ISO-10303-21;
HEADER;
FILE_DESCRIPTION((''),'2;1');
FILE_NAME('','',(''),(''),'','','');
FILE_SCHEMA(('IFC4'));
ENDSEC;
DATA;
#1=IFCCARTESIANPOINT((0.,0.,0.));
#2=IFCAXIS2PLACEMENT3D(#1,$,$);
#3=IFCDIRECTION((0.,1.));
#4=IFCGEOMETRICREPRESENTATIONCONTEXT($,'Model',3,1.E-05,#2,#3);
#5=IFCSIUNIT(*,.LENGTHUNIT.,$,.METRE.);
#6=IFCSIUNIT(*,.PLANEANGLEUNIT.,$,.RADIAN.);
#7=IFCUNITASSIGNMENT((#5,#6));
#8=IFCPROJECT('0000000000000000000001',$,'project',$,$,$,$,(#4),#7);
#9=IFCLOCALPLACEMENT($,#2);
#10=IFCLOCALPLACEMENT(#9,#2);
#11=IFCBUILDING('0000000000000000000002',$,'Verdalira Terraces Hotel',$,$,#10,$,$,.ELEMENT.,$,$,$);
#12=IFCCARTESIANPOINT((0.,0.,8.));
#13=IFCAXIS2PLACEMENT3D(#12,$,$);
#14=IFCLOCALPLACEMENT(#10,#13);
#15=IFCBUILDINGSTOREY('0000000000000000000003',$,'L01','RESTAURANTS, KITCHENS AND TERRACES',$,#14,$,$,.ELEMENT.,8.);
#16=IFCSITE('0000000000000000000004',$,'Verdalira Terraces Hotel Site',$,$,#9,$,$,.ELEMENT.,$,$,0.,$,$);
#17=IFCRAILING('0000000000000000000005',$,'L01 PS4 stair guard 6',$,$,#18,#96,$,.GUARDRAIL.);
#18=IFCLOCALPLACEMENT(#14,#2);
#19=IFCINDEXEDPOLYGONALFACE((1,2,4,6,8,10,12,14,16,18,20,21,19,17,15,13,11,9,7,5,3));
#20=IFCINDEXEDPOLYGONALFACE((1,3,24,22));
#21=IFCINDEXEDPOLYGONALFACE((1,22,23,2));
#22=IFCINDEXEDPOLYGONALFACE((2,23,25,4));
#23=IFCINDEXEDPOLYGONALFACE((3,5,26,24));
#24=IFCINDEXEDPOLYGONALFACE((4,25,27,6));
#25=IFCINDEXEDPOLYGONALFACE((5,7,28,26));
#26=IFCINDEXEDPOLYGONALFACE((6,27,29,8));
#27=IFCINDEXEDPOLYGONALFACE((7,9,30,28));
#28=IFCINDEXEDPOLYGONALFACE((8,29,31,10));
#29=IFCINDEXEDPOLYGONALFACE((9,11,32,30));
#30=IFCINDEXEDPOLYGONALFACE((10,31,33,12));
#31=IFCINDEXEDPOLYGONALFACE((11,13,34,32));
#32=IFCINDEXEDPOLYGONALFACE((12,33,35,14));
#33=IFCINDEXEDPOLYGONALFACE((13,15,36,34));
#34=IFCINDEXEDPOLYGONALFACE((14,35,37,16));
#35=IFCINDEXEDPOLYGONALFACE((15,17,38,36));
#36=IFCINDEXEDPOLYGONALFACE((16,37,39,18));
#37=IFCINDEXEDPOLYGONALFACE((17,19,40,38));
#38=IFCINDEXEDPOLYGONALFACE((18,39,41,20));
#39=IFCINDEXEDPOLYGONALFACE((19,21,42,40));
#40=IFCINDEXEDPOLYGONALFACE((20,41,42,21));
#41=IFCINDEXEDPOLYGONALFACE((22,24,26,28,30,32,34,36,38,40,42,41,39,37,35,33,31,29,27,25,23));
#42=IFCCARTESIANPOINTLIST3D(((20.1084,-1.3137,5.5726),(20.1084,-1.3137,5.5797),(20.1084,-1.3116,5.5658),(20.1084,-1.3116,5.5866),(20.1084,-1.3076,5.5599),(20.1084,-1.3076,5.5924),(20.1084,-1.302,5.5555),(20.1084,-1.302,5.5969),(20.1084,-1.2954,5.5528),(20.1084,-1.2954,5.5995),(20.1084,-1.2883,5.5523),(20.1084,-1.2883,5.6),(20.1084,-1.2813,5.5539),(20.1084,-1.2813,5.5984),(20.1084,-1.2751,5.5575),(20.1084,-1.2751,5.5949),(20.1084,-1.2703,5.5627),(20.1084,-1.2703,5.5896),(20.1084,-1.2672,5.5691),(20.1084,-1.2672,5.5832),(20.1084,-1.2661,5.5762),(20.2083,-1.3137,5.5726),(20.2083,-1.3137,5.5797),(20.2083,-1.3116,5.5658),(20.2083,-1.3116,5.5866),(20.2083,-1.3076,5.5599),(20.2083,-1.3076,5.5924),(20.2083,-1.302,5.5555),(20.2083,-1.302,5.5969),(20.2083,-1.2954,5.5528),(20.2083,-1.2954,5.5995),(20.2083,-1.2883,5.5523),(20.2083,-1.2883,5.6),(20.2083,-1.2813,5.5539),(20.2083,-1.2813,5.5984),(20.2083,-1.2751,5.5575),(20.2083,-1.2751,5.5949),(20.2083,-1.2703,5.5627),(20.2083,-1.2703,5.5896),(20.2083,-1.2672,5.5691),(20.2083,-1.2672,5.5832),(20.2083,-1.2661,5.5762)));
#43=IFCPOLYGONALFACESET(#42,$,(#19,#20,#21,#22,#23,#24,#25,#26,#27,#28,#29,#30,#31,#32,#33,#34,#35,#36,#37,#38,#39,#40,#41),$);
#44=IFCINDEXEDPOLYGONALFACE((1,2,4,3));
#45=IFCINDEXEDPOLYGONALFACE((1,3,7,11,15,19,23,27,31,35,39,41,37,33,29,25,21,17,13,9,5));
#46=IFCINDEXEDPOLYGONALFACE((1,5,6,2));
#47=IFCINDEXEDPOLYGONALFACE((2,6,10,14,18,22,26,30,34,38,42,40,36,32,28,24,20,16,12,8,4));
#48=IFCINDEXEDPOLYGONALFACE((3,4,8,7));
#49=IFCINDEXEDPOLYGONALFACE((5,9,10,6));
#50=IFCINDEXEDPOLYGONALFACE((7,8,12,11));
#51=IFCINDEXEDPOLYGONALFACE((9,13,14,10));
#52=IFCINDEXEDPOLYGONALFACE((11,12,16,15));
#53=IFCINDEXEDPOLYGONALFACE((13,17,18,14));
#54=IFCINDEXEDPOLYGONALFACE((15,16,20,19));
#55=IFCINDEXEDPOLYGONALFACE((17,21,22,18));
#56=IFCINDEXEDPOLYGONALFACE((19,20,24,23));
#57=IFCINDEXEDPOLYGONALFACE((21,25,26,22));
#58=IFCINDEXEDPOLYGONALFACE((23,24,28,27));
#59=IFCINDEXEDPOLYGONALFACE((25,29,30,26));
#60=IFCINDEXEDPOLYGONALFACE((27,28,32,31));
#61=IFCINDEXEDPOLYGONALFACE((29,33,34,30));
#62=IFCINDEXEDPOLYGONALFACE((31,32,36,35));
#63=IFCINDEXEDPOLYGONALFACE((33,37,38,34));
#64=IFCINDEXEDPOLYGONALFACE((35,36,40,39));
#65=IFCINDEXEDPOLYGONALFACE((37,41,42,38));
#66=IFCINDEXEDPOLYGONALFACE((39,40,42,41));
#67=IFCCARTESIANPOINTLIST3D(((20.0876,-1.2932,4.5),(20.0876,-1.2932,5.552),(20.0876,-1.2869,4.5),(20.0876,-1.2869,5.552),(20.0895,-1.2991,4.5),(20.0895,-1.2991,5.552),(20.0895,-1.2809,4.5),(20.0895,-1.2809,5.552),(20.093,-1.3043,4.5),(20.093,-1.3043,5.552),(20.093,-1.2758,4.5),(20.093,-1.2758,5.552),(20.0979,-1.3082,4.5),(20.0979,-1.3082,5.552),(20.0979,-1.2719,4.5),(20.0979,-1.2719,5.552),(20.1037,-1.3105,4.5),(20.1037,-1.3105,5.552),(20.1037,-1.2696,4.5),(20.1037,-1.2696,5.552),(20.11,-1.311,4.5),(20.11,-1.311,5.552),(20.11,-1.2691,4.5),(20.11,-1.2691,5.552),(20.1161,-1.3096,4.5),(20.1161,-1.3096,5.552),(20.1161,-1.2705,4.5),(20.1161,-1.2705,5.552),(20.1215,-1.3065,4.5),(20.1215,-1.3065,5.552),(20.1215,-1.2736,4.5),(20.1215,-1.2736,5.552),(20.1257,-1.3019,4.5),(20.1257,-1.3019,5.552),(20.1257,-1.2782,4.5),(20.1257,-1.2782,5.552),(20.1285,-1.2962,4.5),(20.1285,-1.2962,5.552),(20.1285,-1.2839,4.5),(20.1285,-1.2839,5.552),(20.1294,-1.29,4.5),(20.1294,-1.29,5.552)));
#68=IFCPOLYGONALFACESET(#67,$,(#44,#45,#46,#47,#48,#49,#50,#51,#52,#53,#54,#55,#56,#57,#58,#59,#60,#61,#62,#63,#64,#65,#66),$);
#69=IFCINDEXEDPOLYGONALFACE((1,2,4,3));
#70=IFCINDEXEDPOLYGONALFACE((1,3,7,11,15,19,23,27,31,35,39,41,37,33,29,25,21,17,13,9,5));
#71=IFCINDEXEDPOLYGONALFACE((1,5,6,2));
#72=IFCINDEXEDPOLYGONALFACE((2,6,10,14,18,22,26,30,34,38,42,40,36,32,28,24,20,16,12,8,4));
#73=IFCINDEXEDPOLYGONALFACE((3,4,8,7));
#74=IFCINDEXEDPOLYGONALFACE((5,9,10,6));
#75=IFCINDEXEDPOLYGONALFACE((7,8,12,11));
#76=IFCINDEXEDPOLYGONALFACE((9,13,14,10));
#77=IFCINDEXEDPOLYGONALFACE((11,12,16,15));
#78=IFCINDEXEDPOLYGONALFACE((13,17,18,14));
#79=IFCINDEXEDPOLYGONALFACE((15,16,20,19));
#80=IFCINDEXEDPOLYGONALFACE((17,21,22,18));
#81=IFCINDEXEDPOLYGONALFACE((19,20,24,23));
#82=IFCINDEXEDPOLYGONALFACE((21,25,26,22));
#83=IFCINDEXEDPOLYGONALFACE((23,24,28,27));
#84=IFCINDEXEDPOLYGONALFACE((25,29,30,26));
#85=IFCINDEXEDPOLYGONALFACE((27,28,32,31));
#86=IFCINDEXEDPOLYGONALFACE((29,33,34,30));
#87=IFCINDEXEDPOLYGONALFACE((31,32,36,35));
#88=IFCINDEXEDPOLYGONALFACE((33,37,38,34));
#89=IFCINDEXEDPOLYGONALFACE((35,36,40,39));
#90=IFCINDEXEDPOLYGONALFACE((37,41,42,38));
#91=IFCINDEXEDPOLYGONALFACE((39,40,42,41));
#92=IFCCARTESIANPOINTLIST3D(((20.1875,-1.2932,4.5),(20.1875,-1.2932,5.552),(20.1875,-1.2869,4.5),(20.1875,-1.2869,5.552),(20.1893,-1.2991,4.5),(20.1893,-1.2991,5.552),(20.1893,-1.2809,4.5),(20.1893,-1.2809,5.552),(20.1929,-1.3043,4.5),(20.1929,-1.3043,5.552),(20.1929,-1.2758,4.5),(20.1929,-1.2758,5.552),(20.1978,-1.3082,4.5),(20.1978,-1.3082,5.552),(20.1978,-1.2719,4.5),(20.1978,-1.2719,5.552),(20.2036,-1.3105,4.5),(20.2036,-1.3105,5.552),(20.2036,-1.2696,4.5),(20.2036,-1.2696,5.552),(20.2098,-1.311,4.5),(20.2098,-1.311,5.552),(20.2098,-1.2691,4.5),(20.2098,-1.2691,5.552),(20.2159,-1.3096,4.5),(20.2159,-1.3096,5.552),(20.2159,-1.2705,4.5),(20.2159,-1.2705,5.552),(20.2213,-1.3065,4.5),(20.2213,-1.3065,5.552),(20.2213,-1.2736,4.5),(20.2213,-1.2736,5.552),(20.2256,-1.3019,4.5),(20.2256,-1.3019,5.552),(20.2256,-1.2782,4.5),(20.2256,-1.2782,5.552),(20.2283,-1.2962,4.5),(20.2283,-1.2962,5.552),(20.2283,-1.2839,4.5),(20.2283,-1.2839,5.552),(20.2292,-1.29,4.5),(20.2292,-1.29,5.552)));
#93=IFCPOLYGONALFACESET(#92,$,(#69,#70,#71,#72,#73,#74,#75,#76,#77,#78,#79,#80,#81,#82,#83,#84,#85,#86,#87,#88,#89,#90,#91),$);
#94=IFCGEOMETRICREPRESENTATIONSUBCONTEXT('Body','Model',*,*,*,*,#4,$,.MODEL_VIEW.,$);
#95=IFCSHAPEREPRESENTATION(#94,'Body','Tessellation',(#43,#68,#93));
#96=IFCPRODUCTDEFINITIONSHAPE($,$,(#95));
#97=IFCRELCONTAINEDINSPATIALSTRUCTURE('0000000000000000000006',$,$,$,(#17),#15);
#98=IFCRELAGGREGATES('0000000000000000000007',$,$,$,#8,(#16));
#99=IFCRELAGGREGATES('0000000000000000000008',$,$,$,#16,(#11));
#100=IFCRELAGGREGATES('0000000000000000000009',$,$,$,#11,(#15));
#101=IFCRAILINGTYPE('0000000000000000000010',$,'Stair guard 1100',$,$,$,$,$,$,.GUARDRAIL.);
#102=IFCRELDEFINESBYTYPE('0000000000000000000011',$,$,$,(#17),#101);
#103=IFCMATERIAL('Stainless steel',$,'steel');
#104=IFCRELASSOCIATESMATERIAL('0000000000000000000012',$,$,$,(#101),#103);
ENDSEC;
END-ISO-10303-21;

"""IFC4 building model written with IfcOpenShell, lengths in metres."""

from ifc_helpers import new_model, si_unit, direction, frame, origin, origin_2d, place, context, subcontext, project, spatial, circle, extrude, material, type_object, element, save


model = new_model("IFC4")

# Units and contexts
model_context = context("Model", 3, precision=1e-05, world=origin(), true_north=direction((0.0, 1.0)))
body_context = subcontext(model_context, "Body", "Model", "MODEL_VIEW")
ifc_project = project(units=[si_unit("LENGTHUNIT", "METRE"), si_unit("PLANEANGLEUNIT", "RADIAN")], contexts=[model_context])

# Site, building, storey
site_placement = place(None, origin())
site = spatial("IfcSite", under=ifc_project, at=site_placement, Name="Verdalira Terraces Hotel Site", CompositionType="ELEMENT", RefElevation=0.0)
building_placement = place(site_placement, origin())
building = spatial("IfcBuilding", under=site, at=building_placement, Name="Verdalira Terraces Hotel", CompositionType="ELEMENT")
storey_placement = place(building_placement, frame((0.0, 0.0, 8.0)))
storey = spatial("IfcBuildingStorey", under=building, at=storey_placement, Name="L01", Description="RESTAURANTS, KITCHENS AND TERRACES", CompositionType="ELEMENT", Elevation=8.0)

# Railing
ifc_material_1 = material(Name="Stainless steel", Category="steel")
railing_type = type_object("IfcRailingType", Name="Stair guard 1100", PredefinedType="GUARDRAIL", material=ifc_material_1)
railing_1_placement = place(storey_placement, frame((20.1084, -1.29, 4.5)))
element("IfcRailing", 1, at=railing_1_placement, inside=storey, type_object=railing_type, Name="L01 PS4 stair guard 6", PredefinedType="GUARDRAIL", context=body_context, shape_type="SweptSolid", body=[
    extrude(circle(Radius=0.0239, at=origin_2d()), frame((0.0, 0.0, 1.0762), z_axis=(1.0, 0.0, 0.0), x_axis=(0.0, 1.0, 0.0)), (0.0, 0.0, 1.0), 0.0999),
    extrude(circle(Radius=0.021, at=origin_2d()), origin(), (0.0, 0.0, 1.0), 1.052),
    extrude(circle(Radius=0.021, at=origin_2d()), frame((0.0999, 0.0, 0.0)), (0.0, 0.0, 1.0), 1.052),
])

save(model, "model.ifc")
